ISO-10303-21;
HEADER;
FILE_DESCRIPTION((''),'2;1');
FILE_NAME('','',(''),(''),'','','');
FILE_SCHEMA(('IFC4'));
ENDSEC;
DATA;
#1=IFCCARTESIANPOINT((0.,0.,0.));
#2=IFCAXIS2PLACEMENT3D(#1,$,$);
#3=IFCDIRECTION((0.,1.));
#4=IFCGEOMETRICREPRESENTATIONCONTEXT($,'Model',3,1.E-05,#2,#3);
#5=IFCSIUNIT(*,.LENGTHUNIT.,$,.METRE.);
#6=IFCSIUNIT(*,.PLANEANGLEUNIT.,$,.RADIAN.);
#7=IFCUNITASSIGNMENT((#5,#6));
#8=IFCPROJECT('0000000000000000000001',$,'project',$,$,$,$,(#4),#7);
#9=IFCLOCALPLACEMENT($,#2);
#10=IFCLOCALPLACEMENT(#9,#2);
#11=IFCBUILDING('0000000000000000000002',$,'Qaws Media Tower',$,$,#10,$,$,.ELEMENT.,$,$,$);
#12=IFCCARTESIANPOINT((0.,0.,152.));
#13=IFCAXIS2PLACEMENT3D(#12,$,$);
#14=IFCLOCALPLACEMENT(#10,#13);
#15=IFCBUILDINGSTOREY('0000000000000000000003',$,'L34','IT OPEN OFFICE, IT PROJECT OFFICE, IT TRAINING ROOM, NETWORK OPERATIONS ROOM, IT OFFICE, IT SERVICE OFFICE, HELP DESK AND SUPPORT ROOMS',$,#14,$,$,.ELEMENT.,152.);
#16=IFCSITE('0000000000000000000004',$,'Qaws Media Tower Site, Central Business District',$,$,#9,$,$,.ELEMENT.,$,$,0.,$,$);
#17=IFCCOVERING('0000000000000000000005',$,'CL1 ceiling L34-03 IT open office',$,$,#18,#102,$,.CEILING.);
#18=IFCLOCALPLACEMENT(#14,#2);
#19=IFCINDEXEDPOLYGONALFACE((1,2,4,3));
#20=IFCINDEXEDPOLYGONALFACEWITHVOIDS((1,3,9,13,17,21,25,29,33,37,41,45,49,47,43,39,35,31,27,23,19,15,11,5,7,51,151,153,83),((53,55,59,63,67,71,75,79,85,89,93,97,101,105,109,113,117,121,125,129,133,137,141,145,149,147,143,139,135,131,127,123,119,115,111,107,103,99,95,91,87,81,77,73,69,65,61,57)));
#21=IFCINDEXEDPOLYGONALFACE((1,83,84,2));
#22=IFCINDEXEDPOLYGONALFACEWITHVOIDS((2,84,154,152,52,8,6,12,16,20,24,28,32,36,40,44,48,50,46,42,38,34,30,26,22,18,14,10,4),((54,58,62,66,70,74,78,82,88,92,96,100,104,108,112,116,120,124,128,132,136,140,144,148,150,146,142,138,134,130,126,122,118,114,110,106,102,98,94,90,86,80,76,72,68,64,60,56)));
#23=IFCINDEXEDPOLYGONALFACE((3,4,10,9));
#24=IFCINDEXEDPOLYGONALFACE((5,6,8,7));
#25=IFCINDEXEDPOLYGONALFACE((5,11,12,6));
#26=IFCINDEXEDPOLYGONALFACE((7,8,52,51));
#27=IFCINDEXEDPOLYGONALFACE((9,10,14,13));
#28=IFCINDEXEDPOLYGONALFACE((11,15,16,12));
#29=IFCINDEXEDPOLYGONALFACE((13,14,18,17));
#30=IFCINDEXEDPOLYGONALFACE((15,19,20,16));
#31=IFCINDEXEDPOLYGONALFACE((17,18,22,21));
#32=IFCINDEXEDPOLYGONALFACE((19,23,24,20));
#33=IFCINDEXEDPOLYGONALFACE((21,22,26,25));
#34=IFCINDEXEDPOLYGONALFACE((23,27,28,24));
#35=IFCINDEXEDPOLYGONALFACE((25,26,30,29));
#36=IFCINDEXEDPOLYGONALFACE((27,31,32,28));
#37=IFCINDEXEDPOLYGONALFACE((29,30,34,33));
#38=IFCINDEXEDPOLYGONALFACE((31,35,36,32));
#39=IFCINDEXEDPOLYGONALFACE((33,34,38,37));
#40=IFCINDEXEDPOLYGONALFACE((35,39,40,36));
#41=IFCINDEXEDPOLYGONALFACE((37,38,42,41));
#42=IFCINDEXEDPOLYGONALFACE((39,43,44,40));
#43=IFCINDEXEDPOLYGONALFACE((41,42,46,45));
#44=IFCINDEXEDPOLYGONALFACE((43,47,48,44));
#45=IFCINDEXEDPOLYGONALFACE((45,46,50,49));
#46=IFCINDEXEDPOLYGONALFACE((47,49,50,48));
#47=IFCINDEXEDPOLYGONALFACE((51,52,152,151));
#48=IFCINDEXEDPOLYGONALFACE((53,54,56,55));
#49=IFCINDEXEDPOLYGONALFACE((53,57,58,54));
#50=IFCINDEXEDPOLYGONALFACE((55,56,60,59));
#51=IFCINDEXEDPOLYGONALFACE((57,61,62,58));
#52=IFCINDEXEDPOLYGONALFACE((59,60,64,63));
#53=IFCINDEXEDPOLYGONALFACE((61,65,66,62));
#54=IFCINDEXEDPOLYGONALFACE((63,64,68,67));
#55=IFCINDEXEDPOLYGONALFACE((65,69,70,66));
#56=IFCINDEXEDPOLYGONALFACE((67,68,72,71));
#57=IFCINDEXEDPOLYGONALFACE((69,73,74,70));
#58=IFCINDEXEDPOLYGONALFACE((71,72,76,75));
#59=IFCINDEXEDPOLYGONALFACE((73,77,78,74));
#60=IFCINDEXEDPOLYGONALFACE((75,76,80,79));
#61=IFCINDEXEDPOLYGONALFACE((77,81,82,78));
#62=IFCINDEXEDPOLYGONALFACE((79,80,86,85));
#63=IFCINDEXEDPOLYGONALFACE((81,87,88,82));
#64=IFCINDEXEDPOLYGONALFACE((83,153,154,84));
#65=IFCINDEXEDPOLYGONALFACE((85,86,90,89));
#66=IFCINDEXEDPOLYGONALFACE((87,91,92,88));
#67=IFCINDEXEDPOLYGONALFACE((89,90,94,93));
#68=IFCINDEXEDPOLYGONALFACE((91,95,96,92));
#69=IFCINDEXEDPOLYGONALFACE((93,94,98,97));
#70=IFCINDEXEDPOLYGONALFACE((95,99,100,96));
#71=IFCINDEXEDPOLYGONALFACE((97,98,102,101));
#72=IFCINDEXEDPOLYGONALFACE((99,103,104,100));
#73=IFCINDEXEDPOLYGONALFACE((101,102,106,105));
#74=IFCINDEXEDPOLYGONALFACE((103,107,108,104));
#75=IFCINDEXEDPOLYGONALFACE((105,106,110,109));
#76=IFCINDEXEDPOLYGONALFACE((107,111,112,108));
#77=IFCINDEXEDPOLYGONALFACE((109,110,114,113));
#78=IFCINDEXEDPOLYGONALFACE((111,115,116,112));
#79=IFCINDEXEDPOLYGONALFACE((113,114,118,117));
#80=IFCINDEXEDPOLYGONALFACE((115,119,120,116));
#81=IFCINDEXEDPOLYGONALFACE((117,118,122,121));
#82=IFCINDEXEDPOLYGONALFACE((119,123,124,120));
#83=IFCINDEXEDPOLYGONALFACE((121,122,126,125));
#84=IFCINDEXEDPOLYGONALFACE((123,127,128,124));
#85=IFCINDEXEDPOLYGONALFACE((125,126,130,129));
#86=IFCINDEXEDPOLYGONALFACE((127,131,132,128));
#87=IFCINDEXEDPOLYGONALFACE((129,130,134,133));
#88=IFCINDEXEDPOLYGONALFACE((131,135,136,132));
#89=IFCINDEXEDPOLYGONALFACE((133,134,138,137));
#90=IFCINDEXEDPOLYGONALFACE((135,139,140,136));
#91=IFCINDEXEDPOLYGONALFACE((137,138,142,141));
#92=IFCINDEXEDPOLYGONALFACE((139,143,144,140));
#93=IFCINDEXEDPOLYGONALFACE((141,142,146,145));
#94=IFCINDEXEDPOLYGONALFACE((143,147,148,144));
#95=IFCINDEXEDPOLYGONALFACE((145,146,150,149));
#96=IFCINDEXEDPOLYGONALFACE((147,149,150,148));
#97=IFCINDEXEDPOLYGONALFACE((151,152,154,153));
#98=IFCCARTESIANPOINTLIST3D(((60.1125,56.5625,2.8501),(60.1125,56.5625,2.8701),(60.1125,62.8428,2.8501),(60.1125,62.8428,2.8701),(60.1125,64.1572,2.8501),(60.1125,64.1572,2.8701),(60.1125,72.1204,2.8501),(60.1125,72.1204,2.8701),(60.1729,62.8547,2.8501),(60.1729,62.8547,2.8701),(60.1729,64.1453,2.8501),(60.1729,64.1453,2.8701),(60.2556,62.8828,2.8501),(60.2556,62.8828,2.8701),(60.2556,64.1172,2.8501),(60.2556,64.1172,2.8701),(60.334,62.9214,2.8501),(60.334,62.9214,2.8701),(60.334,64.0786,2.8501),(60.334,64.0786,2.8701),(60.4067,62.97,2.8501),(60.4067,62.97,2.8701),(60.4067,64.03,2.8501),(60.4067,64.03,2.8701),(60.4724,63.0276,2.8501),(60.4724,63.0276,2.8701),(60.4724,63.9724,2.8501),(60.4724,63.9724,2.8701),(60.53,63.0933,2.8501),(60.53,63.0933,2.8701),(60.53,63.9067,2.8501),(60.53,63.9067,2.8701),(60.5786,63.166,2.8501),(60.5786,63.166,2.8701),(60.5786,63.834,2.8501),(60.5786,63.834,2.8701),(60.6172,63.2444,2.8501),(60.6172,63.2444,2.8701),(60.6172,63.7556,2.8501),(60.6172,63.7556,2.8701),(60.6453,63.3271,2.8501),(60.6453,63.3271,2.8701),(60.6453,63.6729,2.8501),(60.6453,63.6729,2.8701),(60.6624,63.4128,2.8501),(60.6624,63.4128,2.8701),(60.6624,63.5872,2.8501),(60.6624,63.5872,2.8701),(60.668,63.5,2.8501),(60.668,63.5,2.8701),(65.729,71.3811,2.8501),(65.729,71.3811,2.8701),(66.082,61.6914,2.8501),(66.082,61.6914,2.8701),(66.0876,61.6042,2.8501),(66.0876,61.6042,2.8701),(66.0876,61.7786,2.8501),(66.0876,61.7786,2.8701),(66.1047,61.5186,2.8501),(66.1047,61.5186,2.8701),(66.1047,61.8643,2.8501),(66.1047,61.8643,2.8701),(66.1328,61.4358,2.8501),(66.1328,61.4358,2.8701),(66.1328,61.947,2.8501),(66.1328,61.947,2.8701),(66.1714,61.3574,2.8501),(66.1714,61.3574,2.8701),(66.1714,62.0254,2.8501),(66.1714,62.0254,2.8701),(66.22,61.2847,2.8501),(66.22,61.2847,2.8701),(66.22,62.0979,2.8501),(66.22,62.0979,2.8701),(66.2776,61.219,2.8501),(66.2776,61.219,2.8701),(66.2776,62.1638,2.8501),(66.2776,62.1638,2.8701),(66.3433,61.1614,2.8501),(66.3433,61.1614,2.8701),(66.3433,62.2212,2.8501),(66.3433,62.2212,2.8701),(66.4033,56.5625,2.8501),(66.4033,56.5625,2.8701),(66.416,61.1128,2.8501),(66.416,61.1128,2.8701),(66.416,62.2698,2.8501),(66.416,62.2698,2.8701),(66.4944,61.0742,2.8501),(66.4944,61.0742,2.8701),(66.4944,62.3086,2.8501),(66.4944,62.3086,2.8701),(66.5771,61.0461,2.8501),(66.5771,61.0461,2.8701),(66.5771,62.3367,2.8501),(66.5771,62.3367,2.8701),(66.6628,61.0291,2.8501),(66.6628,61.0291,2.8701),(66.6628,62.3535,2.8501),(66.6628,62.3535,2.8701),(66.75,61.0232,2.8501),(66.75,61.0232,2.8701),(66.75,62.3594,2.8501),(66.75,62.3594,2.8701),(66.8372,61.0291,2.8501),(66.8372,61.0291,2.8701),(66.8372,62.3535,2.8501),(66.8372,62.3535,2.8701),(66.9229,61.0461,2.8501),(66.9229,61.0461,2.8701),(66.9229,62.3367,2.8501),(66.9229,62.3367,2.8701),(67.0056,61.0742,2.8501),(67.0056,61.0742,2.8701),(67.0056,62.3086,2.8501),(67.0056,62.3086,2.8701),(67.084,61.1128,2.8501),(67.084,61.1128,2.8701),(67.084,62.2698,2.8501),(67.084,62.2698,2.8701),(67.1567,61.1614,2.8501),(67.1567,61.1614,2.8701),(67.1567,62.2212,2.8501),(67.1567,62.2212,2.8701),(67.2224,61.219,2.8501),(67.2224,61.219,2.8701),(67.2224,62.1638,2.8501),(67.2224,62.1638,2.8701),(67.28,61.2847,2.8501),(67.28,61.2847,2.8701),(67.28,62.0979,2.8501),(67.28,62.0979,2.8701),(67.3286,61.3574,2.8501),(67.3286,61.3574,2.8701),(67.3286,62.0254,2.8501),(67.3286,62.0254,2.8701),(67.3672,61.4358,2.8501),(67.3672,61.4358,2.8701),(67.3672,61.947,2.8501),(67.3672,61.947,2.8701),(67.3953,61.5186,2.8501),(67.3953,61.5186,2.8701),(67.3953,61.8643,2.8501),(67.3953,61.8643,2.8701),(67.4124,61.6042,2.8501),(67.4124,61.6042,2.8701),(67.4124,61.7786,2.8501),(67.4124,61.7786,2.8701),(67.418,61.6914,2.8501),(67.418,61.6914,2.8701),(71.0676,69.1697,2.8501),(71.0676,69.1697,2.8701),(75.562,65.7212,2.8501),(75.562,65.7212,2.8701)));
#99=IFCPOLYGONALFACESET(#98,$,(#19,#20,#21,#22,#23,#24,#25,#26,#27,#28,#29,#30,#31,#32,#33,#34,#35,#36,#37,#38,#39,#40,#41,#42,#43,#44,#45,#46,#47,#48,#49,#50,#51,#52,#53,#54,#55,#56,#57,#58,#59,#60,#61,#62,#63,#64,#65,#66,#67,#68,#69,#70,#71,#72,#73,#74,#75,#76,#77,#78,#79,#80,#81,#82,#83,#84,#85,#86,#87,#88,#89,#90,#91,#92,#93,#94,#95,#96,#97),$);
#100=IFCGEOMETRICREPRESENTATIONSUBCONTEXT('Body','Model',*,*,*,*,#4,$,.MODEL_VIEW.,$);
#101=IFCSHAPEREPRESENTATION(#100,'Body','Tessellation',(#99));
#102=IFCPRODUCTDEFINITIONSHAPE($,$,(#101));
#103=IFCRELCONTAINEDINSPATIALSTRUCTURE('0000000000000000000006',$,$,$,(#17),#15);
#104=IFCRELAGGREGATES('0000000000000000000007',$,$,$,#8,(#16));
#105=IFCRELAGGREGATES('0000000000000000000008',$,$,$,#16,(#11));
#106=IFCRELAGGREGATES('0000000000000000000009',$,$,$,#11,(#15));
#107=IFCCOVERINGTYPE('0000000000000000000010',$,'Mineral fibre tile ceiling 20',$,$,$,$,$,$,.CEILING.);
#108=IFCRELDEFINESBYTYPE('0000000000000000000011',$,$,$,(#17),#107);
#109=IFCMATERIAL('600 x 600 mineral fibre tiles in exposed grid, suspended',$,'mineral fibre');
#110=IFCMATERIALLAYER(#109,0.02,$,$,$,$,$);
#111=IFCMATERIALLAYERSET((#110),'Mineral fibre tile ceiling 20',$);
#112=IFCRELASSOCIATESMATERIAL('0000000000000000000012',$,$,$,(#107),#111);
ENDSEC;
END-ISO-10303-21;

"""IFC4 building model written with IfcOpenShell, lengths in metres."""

from ifc_helpers import new_model, si_unit, direction, frame, origin, place, context, subcontext, project, spatial, polyline, outline, extrude, material, layer, layer_set, type_object, element, save


model = new_model("IFC4")

# Units and contexts
model_context = context("Model", 3, precision=1e-05, world=origin(), true_north=direction((0.0, 1.0)))
body_context = subcontext(model_context, "Body", "Model", "MODEL_VIEW")
ifc_project = project(units=[si_unit("LENGTHUNIT", "METRE"), si_unit("PLANEANGLEUNIT", "RADIAN")], contexts=[model_context])

# Site, building, storey
site_placement = place(None, origin())
site = spatial("IfcSite", under=ifc_project, at=site_placement, Name="Qaws Media Tower Site, Central Business District", CompositionType="ELEMENT", RefElevation=0.0)
building_placement = place(site_placement, origin())
building = spatial("IfcBuilding", under=site, at=building_placement, Name="Qaws Media Tower", CompositionType="ELEMENT")
storey_placement = place(building_placement, frame((0.0, 0.0, 152.0)))
storey = spatial("IfcBuildingStorey", under=building, at=storey_placement, Name="L34", Description="IT OPEN OFFICE, IT PROJECT OFFICE, IT TRAINING ROOM, NETWORK OPERATIONS ROOM, IT OFFICE, IT SERVICE OFFICE, HELP DESK AND SUPPORT ROOMS", CompositionType="ELEMENT", Elevation=152.0)

# Covering
ifc_material_1 = material(Name="600 x 600 mineral fibre tiles in exposed grid, suspended", Category="mineral fibre")
ifc_layer_1 = layer(ifc_material_1, 0.02)
ifc_layer_set_1 = layer_set([ifc_layer_1], Name="Mineral fibre tile ceiling 20")
covering_type_1 = type_object("IfcCoveringType", Name="Mineral fibre tile ceiling 20", PredefinedType="CEILING", material=ifc_layer_set_1)
covering_1_placement = place(storey_placement, frame((0.0, 0.0, 2.8501)))
element("IfcCovering", 1, at=covering_1_placement, inside=storey, type_object=covering_type_1, Name="CL1 ceiling L34-03 IT open office", PredefinedType="CEILING", context=body_context, shape_type="SweptSolid", body=[
    extrude(outline(polyline([(65.729, 71.3811), (71.0676, 69.1697), (75.562, 65.7212), (66.4033, 56.5625), (60.1125, 56.5625), (60.1125, 62.8428), (60.1729, 62.8547), (60.2556, 62.8828), (60.334, 62.9214), (60.4067, 62.97), (60.4724, 63.0276), (60.53, 63.0933), (60.5786, 63.166), (60.6172, 63.2444), (60.6453, 63.3271), (60.6624, 63.4128), (60.668, 63.5), (60.6624, 63.5872), (60.6453, 63.6729), (60.6172, 63.7556), (60.5786, 63.834), (60.53, 63.9067), (60.4724, 63.9724), (60.4067, 64.03), (60.334, 64.0786), (60.2556, 64.1172), (60.1729, 64.1453), (60.1125, 64.1572), (60.1125, 72.1204), (65.729, 71.3811)]), holes=[polyline([(67.3672, 61.4358), (67.3953, 61.5186), (67.4124, 61.6042), (67.418, 61.6914), (67.4124, 61.7786), (67.3953, 61.8643), (67.3672, 61.947), (67.3286, 62.0254), (67.28, 62.0979), (67.2224, 62.1638), (67.1567, 62.2212), (67.084, 62.2698), (67.0056, 62.3086), (66.9229, 62.3367), (66.8372, 62.3535), (66.75, 62.3594), (66.6628, 62.3535), (66.5771, 62.3367), (66.4944, 62.3086), (66.416, 62.2698), (66.3433, 62.2212), (66.2776, 62.1638), (66.22, 62.0979), (66.1714, 62.0254), (66.1328, 61.947), (66.1047, 61.8643), (66.0876, 61.7786), (66.082, 61.6914), (66.0876, 61.6042), (66.1047, 61.5186), (66.1328, 61.4358), (66.1714, 61.3574), (66.22, 61.2847), (66.2776, 61.219), (66.3433, 61.1614), (66.416, 61.1128), (66.4944, 61.0742), (66.5771, 61.0461), (66.6628, 61.0291), (66.75, 61.0232), (66.8372, 61.0291), (66.9229, 61.0461), (67.0056, 61.0742), (67.084, 61.1128), (67.1567, 61.1614), (67.2224, 61.219), (67.28, 61.2847), (67.3286, 61.3574), (67.3672, 61.4358)])]), origin(), (0.0, 0.0, 1.0), 0.02),
])

save(model, "model.ifc")
